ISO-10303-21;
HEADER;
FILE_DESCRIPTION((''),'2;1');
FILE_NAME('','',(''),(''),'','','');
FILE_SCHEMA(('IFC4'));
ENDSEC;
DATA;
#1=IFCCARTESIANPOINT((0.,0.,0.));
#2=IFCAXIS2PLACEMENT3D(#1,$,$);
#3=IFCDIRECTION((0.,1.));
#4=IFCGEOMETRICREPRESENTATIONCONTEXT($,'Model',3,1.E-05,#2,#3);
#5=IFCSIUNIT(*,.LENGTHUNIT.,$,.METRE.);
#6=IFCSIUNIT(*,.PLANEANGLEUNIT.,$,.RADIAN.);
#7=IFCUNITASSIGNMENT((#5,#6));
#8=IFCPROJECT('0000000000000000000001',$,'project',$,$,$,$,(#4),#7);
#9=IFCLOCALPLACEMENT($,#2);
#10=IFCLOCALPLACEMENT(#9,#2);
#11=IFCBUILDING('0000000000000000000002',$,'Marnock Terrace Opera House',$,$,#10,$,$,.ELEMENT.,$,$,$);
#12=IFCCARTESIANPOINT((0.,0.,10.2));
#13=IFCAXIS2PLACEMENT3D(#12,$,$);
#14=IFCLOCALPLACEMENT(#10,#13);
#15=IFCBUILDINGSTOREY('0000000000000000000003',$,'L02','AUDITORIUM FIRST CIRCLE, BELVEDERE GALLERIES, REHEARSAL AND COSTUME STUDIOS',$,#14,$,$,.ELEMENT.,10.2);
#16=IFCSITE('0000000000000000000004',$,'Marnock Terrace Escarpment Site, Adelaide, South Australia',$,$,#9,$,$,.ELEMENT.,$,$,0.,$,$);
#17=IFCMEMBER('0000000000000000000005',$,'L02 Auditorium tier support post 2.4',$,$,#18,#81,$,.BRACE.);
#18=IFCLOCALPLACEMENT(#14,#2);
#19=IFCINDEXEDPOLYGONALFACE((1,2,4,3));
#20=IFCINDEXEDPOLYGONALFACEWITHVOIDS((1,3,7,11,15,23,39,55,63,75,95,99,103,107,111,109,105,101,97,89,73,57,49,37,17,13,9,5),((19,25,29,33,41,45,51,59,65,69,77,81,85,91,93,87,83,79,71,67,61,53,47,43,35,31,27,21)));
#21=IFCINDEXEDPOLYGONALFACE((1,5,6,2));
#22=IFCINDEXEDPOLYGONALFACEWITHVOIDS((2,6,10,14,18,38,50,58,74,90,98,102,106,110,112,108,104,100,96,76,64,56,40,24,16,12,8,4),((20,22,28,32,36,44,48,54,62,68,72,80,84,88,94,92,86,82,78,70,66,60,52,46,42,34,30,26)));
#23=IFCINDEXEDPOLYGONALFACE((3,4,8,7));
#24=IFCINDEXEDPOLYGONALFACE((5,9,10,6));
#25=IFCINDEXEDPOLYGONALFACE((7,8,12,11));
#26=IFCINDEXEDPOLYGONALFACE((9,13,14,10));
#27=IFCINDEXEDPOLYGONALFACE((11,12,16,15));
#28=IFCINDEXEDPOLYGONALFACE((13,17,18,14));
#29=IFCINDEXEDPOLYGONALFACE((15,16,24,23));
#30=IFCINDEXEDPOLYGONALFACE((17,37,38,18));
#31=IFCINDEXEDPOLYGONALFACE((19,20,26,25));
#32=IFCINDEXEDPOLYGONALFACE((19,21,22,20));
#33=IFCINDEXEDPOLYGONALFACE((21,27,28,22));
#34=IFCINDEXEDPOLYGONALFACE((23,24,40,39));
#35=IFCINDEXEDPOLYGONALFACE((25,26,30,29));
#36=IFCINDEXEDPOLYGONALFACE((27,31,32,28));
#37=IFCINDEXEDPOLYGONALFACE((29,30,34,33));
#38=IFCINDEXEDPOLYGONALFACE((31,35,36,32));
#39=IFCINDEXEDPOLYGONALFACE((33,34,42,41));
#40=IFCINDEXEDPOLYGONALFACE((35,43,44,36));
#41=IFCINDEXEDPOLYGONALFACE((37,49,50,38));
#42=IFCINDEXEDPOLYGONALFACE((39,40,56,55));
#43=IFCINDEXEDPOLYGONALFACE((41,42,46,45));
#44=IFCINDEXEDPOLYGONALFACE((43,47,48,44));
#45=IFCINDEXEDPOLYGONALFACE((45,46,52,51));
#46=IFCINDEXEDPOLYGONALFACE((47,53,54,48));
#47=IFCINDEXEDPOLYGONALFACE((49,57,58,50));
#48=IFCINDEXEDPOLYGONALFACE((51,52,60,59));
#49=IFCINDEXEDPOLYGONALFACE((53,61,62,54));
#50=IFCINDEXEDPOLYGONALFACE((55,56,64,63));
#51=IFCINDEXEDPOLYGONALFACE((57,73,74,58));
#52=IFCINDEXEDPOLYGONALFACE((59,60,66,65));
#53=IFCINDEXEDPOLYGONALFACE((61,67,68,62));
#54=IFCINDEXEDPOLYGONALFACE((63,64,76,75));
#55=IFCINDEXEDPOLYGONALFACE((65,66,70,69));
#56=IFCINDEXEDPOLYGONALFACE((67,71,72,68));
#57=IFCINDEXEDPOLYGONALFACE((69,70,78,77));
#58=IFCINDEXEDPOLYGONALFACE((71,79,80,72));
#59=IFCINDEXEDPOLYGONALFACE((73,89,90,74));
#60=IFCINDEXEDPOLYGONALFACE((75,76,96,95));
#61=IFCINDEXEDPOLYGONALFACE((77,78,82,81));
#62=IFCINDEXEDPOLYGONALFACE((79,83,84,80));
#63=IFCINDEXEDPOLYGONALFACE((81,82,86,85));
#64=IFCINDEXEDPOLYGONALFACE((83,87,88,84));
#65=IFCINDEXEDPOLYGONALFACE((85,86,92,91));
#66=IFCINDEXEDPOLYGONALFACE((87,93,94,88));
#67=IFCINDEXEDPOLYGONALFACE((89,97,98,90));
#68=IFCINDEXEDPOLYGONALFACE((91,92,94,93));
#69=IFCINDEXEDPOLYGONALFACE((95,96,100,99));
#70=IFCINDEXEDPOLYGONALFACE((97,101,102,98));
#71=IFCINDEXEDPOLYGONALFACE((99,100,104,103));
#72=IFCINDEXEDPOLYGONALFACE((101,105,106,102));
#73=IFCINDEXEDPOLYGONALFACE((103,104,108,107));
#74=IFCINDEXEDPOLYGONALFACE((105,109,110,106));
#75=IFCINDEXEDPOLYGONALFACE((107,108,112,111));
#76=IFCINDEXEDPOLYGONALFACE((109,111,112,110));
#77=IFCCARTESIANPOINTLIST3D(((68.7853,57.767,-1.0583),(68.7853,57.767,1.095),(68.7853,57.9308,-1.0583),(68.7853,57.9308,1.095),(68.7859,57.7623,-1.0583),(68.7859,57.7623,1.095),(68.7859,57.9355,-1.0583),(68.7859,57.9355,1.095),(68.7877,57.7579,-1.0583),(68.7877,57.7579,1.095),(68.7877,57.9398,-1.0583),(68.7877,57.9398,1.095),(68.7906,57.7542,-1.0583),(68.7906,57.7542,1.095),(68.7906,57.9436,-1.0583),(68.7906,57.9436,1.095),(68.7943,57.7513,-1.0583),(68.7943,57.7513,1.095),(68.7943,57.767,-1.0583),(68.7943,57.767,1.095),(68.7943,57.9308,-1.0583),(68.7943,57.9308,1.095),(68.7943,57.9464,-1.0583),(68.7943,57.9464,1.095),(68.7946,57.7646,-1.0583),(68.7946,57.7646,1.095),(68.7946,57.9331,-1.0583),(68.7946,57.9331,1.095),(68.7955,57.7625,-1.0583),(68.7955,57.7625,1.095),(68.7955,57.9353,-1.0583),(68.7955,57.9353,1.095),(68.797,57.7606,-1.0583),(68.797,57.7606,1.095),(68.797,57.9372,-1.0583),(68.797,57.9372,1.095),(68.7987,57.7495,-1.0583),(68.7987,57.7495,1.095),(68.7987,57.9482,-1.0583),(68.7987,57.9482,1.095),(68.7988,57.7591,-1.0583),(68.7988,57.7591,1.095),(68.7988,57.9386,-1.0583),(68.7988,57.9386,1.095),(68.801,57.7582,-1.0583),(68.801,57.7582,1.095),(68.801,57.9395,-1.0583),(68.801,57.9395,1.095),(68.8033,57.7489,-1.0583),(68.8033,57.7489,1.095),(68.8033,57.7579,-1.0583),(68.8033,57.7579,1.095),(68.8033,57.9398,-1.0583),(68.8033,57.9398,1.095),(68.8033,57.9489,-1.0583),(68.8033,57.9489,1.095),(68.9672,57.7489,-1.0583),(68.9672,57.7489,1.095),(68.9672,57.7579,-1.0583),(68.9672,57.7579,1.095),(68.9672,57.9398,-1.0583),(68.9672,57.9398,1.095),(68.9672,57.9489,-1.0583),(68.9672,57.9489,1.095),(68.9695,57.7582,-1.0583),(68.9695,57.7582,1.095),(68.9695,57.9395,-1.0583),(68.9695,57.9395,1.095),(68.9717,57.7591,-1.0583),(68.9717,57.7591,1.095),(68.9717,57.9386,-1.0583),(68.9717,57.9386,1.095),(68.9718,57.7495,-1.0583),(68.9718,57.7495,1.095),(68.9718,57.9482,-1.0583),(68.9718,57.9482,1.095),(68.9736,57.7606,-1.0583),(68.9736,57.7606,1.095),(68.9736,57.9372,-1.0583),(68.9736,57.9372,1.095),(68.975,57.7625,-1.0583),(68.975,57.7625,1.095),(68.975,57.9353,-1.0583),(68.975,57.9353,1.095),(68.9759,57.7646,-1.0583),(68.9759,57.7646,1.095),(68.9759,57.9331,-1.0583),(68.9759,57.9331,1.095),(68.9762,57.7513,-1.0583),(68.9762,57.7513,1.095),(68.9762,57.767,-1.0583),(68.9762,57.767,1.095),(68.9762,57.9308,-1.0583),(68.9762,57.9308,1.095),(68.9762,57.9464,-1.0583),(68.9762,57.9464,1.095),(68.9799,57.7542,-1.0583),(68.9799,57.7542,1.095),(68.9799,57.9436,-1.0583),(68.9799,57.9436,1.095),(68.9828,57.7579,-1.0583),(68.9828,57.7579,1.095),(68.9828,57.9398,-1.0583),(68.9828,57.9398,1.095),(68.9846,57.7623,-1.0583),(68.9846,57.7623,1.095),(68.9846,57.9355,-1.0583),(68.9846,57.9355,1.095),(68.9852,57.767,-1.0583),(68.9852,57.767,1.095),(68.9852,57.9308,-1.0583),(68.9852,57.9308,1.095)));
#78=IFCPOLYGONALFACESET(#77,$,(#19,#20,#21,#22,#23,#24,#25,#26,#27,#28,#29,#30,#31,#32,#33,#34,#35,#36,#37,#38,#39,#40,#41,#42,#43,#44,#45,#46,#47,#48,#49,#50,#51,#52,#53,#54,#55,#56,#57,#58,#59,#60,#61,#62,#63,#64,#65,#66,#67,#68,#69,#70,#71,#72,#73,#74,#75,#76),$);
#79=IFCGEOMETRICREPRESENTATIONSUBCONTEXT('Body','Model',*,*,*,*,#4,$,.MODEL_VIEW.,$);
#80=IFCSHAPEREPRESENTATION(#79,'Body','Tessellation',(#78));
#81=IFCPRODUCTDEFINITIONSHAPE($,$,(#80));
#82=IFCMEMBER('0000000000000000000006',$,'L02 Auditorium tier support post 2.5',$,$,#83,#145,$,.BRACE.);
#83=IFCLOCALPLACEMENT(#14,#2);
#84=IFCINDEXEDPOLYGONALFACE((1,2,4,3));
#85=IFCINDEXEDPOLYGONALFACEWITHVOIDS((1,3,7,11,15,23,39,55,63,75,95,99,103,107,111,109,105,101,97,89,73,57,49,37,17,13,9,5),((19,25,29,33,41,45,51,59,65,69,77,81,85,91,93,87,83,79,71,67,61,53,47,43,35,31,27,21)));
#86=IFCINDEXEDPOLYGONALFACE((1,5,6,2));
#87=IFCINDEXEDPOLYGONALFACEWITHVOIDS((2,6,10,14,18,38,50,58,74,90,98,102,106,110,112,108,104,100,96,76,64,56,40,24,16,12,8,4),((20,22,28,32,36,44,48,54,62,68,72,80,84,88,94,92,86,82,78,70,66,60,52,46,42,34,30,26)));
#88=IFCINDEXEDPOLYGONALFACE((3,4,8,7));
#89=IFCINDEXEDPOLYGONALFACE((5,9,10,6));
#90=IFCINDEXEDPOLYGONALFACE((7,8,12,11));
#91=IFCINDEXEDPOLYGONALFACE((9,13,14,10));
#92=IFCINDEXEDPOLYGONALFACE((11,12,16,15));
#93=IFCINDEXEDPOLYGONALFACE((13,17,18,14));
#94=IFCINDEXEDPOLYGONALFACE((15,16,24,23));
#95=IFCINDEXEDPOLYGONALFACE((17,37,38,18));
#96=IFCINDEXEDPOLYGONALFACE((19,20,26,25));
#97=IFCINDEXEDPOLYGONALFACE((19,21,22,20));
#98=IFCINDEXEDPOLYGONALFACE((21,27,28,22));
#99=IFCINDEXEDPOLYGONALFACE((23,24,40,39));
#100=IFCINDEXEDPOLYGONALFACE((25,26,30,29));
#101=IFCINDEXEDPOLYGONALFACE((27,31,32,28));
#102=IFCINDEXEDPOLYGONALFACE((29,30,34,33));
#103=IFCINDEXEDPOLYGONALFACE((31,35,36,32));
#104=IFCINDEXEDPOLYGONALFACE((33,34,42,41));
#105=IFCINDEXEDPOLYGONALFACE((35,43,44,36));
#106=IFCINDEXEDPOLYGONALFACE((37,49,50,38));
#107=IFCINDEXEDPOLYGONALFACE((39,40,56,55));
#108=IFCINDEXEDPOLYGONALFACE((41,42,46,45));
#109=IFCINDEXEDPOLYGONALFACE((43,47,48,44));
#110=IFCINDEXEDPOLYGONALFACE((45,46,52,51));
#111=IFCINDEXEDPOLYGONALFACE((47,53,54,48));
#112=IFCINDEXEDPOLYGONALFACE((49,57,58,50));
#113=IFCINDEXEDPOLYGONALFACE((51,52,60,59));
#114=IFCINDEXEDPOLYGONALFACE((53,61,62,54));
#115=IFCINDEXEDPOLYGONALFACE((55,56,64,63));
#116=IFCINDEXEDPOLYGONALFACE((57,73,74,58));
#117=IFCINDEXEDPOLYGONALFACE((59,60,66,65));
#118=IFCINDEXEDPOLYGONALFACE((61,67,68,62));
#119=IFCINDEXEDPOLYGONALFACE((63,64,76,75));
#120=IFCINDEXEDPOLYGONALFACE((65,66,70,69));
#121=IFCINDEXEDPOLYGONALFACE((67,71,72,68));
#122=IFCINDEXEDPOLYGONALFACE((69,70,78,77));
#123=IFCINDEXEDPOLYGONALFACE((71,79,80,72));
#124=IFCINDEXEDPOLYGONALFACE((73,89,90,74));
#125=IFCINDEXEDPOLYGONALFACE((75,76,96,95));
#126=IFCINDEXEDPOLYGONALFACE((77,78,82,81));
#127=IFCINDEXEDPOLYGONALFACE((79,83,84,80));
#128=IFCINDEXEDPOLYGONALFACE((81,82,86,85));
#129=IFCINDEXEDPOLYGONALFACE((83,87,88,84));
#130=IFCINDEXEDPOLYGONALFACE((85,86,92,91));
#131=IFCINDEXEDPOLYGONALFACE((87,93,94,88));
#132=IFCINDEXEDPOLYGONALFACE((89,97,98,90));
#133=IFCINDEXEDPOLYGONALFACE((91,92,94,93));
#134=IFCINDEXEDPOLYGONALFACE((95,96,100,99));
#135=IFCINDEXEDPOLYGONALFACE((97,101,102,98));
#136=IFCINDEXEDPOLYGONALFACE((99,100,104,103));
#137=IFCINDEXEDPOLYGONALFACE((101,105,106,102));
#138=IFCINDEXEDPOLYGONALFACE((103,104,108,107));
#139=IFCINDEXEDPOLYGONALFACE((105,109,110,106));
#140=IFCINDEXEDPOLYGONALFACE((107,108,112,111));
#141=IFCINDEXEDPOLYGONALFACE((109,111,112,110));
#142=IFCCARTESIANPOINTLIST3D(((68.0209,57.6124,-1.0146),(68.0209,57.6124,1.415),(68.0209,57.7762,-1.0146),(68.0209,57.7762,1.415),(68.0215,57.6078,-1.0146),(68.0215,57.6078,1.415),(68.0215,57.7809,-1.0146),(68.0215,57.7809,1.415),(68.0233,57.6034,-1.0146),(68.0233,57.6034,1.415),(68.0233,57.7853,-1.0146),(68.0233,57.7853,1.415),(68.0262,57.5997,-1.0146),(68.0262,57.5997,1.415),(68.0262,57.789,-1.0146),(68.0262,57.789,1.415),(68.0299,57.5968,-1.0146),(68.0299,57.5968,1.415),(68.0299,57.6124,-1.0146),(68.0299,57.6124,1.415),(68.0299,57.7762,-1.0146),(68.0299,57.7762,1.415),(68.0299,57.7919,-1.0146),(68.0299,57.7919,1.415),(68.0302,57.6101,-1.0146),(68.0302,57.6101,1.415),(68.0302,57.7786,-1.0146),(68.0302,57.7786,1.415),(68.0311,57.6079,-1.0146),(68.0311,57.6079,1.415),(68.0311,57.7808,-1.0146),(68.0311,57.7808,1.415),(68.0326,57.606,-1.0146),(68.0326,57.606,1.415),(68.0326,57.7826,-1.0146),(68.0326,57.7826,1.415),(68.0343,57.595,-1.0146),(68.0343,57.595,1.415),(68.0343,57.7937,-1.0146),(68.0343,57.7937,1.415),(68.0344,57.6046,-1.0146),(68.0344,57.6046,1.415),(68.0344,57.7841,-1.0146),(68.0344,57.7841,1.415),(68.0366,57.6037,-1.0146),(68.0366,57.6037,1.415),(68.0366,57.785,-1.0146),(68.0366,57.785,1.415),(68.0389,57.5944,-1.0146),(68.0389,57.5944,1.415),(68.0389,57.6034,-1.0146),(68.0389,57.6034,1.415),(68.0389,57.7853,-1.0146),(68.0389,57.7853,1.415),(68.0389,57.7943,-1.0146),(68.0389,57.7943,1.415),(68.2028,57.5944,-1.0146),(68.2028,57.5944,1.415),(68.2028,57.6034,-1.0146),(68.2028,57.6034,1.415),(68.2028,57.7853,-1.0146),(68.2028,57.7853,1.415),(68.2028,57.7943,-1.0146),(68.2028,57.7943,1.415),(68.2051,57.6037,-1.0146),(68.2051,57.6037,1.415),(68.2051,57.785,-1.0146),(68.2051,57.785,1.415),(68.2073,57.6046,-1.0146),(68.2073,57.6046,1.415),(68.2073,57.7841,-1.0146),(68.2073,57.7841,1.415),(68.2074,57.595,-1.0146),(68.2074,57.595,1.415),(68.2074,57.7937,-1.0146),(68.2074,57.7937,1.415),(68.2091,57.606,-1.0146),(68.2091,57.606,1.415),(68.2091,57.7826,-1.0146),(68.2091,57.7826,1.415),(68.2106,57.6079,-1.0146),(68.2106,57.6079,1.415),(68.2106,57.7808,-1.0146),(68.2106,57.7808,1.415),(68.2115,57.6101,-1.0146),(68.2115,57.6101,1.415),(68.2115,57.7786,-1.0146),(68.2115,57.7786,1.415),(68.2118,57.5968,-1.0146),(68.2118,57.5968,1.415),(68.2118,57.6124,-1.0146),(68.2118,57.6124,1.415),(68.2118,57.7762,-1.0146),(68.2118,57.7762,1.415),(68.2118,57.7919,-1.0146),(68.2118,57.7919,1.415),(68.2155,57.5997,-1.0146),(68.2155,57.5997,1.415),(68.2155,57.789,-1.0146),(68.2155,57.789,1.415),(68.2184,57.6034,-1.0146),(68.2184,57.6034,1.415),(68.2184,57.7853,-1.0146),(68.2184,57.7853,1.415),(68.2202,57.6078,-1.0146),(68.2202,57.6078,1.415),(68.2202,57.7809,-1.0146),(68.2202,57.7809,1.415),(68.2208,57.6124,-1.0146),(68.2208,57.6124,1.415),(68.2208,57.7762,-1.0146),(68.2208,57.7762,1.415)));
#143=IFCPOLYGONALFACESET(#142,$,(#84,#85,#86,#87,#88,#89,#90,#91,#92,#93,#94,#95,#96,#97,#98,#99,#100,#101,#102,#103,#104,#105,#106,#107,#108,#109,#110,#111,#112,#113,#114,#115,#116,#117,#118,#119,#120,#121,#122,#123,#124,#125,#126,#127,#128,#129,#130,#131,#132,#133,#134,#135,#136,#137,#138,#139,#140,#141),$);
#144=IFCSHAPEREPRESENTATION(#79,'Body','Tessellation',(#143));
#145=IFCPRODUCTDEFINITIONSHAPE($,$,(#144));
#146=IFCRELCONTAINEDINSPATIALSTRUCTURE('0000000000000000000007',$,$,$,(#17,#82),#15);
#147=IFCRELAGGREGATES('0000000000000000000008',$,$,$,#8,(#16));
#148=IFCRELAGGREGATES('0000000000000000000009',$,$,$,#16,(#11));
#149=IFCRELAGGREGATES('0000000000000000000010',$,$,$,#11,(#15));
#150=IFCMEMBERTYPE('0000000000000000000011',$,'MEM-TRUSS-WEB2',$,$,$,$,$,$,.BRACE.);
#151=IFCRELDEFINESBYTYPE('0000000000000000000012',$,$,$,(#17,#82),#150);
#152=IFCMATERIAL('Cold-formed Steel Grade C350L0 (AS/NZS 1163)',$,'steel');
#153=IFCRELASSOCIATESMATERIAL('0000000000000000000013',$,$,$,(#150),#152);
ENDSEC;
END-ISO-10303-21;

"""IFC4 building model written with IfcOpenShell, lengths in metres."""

from ifc_helpers import new_model, si_unit, direction, frame, origin, origin_2d, place, context, subcontext, project, spatial, hollow_rectangle, extrude, material, material_profile, profile_set, type_object, element, save


model = new_model("IFC4")

# Units and contexts
model_context = context("Model", 3, precision=1e-05, world=origin(), true_north=direction((0.0, 1.0)))
body_context = subcontext(model_context, "Body", "Model", "MODEL_VIEW")
ifc_project = project(units=[si_unit("LENGTHUNIT", "METRE"), si_unit("PLANEANGLEUNIT", "RADIAN")], contexts=[model_context])

# Site, building, storey
site_placement = place(None, origin())
site = spatial("IfcSite", under=ifc_project, at=site_placement, Name="Marnock Terrace Escarpment Site, Adelaide, South Australia", CompositionType="ELEMENT", RefElevation=0.0)
building_placement = place(site_placement, origin())
building = spatial("IfcBuilding", under=site, at=building_placement, Name="Marnock Terrace Opera House", CompositionType="ELEMENT")
storey_placement = place(building_placement, frame((0.0, 0.0, 10.2)))
storey = spatial("IfcBuildingStorey", under=building, at=storey_placement, Name="L02", Description="AUDITORIUM FIRST CIRCLE, BELVEDERE GALLERIES, REHEARSAL AND COSTUME STUDIOS", CompositionType="ELEMENT", Elevation=10.2)

# Members
ifc_material_1 = material(Name="Cold-formed Steel Grade C350L0 (AS/NZS 1163)", Category="steel")
ifc_material_profile_1 = material_profile(ifc_material_1, hollow_rectangle(XDim=0.2, YDim=0.2, WallThickness=0.009, InnerFilletRadius=0.009, OuterFilletRadius=0.0181, at=origin_2d()))
ifc_profile_set_1 = profile_set([ifc_material_profile_1], Name="Cold-formed Steel Grade C350L0 (AS/NZS 1163)")
member_type = type_object("IfcMemberType", Name="MEM-TRUSS-WEB2", PredefinedType="BRACE", material=ifc_profile_set_1)
member_1_placement = place(storey_placement, frame((68.8853, 57.8489, -1.0583), z_axis=(0.0, 0.0, 1.0), x_axis=(1.0, 0.0, 0.0)))
element("IfcMember", 1, at=member_1_placement, inside=storey, type_object=member_type, Name="L02 Auditorium tier support post 2.4", PredefinedType="BRACE", context=body_context, shape_type="SweptSolid", body=[
    extrude(hollow_rectangle(XDim=0.2, YDim=0.2, WallThickness=0.009, InnerFilletRadius=0.009, OuterFilletRadius=0.0181, at=origin_2d()), origin(), (0.0, 0.0, 1.0), 2.1533),
])
member_2_placement = place(storey_placement, frame((68.1208, 57.6943, -1.0146), z_axis=(0.0, 0.0, 1.0), x_axis=(1.0, 0.0, 0.0)))
element("IfcMember", 2, at=member_2_placement, inside=storey, type_object=member_type, Name="L02 Auditorium tier support post 2.5", PredefinedType="BRACE", context=body_context, shape_type="SweptSolid", body=[
    extrude(hollow_rectangle(XDim=0.2, YDim=0.2, WallThickness=0.009, InnerFilletRadius=0.009, OuterFilletRadius=0.0181, at=origin_2d()), origin(), (0.0, 0.0, 1.0), 2.4297),
])

save(model, "model.ifc")
